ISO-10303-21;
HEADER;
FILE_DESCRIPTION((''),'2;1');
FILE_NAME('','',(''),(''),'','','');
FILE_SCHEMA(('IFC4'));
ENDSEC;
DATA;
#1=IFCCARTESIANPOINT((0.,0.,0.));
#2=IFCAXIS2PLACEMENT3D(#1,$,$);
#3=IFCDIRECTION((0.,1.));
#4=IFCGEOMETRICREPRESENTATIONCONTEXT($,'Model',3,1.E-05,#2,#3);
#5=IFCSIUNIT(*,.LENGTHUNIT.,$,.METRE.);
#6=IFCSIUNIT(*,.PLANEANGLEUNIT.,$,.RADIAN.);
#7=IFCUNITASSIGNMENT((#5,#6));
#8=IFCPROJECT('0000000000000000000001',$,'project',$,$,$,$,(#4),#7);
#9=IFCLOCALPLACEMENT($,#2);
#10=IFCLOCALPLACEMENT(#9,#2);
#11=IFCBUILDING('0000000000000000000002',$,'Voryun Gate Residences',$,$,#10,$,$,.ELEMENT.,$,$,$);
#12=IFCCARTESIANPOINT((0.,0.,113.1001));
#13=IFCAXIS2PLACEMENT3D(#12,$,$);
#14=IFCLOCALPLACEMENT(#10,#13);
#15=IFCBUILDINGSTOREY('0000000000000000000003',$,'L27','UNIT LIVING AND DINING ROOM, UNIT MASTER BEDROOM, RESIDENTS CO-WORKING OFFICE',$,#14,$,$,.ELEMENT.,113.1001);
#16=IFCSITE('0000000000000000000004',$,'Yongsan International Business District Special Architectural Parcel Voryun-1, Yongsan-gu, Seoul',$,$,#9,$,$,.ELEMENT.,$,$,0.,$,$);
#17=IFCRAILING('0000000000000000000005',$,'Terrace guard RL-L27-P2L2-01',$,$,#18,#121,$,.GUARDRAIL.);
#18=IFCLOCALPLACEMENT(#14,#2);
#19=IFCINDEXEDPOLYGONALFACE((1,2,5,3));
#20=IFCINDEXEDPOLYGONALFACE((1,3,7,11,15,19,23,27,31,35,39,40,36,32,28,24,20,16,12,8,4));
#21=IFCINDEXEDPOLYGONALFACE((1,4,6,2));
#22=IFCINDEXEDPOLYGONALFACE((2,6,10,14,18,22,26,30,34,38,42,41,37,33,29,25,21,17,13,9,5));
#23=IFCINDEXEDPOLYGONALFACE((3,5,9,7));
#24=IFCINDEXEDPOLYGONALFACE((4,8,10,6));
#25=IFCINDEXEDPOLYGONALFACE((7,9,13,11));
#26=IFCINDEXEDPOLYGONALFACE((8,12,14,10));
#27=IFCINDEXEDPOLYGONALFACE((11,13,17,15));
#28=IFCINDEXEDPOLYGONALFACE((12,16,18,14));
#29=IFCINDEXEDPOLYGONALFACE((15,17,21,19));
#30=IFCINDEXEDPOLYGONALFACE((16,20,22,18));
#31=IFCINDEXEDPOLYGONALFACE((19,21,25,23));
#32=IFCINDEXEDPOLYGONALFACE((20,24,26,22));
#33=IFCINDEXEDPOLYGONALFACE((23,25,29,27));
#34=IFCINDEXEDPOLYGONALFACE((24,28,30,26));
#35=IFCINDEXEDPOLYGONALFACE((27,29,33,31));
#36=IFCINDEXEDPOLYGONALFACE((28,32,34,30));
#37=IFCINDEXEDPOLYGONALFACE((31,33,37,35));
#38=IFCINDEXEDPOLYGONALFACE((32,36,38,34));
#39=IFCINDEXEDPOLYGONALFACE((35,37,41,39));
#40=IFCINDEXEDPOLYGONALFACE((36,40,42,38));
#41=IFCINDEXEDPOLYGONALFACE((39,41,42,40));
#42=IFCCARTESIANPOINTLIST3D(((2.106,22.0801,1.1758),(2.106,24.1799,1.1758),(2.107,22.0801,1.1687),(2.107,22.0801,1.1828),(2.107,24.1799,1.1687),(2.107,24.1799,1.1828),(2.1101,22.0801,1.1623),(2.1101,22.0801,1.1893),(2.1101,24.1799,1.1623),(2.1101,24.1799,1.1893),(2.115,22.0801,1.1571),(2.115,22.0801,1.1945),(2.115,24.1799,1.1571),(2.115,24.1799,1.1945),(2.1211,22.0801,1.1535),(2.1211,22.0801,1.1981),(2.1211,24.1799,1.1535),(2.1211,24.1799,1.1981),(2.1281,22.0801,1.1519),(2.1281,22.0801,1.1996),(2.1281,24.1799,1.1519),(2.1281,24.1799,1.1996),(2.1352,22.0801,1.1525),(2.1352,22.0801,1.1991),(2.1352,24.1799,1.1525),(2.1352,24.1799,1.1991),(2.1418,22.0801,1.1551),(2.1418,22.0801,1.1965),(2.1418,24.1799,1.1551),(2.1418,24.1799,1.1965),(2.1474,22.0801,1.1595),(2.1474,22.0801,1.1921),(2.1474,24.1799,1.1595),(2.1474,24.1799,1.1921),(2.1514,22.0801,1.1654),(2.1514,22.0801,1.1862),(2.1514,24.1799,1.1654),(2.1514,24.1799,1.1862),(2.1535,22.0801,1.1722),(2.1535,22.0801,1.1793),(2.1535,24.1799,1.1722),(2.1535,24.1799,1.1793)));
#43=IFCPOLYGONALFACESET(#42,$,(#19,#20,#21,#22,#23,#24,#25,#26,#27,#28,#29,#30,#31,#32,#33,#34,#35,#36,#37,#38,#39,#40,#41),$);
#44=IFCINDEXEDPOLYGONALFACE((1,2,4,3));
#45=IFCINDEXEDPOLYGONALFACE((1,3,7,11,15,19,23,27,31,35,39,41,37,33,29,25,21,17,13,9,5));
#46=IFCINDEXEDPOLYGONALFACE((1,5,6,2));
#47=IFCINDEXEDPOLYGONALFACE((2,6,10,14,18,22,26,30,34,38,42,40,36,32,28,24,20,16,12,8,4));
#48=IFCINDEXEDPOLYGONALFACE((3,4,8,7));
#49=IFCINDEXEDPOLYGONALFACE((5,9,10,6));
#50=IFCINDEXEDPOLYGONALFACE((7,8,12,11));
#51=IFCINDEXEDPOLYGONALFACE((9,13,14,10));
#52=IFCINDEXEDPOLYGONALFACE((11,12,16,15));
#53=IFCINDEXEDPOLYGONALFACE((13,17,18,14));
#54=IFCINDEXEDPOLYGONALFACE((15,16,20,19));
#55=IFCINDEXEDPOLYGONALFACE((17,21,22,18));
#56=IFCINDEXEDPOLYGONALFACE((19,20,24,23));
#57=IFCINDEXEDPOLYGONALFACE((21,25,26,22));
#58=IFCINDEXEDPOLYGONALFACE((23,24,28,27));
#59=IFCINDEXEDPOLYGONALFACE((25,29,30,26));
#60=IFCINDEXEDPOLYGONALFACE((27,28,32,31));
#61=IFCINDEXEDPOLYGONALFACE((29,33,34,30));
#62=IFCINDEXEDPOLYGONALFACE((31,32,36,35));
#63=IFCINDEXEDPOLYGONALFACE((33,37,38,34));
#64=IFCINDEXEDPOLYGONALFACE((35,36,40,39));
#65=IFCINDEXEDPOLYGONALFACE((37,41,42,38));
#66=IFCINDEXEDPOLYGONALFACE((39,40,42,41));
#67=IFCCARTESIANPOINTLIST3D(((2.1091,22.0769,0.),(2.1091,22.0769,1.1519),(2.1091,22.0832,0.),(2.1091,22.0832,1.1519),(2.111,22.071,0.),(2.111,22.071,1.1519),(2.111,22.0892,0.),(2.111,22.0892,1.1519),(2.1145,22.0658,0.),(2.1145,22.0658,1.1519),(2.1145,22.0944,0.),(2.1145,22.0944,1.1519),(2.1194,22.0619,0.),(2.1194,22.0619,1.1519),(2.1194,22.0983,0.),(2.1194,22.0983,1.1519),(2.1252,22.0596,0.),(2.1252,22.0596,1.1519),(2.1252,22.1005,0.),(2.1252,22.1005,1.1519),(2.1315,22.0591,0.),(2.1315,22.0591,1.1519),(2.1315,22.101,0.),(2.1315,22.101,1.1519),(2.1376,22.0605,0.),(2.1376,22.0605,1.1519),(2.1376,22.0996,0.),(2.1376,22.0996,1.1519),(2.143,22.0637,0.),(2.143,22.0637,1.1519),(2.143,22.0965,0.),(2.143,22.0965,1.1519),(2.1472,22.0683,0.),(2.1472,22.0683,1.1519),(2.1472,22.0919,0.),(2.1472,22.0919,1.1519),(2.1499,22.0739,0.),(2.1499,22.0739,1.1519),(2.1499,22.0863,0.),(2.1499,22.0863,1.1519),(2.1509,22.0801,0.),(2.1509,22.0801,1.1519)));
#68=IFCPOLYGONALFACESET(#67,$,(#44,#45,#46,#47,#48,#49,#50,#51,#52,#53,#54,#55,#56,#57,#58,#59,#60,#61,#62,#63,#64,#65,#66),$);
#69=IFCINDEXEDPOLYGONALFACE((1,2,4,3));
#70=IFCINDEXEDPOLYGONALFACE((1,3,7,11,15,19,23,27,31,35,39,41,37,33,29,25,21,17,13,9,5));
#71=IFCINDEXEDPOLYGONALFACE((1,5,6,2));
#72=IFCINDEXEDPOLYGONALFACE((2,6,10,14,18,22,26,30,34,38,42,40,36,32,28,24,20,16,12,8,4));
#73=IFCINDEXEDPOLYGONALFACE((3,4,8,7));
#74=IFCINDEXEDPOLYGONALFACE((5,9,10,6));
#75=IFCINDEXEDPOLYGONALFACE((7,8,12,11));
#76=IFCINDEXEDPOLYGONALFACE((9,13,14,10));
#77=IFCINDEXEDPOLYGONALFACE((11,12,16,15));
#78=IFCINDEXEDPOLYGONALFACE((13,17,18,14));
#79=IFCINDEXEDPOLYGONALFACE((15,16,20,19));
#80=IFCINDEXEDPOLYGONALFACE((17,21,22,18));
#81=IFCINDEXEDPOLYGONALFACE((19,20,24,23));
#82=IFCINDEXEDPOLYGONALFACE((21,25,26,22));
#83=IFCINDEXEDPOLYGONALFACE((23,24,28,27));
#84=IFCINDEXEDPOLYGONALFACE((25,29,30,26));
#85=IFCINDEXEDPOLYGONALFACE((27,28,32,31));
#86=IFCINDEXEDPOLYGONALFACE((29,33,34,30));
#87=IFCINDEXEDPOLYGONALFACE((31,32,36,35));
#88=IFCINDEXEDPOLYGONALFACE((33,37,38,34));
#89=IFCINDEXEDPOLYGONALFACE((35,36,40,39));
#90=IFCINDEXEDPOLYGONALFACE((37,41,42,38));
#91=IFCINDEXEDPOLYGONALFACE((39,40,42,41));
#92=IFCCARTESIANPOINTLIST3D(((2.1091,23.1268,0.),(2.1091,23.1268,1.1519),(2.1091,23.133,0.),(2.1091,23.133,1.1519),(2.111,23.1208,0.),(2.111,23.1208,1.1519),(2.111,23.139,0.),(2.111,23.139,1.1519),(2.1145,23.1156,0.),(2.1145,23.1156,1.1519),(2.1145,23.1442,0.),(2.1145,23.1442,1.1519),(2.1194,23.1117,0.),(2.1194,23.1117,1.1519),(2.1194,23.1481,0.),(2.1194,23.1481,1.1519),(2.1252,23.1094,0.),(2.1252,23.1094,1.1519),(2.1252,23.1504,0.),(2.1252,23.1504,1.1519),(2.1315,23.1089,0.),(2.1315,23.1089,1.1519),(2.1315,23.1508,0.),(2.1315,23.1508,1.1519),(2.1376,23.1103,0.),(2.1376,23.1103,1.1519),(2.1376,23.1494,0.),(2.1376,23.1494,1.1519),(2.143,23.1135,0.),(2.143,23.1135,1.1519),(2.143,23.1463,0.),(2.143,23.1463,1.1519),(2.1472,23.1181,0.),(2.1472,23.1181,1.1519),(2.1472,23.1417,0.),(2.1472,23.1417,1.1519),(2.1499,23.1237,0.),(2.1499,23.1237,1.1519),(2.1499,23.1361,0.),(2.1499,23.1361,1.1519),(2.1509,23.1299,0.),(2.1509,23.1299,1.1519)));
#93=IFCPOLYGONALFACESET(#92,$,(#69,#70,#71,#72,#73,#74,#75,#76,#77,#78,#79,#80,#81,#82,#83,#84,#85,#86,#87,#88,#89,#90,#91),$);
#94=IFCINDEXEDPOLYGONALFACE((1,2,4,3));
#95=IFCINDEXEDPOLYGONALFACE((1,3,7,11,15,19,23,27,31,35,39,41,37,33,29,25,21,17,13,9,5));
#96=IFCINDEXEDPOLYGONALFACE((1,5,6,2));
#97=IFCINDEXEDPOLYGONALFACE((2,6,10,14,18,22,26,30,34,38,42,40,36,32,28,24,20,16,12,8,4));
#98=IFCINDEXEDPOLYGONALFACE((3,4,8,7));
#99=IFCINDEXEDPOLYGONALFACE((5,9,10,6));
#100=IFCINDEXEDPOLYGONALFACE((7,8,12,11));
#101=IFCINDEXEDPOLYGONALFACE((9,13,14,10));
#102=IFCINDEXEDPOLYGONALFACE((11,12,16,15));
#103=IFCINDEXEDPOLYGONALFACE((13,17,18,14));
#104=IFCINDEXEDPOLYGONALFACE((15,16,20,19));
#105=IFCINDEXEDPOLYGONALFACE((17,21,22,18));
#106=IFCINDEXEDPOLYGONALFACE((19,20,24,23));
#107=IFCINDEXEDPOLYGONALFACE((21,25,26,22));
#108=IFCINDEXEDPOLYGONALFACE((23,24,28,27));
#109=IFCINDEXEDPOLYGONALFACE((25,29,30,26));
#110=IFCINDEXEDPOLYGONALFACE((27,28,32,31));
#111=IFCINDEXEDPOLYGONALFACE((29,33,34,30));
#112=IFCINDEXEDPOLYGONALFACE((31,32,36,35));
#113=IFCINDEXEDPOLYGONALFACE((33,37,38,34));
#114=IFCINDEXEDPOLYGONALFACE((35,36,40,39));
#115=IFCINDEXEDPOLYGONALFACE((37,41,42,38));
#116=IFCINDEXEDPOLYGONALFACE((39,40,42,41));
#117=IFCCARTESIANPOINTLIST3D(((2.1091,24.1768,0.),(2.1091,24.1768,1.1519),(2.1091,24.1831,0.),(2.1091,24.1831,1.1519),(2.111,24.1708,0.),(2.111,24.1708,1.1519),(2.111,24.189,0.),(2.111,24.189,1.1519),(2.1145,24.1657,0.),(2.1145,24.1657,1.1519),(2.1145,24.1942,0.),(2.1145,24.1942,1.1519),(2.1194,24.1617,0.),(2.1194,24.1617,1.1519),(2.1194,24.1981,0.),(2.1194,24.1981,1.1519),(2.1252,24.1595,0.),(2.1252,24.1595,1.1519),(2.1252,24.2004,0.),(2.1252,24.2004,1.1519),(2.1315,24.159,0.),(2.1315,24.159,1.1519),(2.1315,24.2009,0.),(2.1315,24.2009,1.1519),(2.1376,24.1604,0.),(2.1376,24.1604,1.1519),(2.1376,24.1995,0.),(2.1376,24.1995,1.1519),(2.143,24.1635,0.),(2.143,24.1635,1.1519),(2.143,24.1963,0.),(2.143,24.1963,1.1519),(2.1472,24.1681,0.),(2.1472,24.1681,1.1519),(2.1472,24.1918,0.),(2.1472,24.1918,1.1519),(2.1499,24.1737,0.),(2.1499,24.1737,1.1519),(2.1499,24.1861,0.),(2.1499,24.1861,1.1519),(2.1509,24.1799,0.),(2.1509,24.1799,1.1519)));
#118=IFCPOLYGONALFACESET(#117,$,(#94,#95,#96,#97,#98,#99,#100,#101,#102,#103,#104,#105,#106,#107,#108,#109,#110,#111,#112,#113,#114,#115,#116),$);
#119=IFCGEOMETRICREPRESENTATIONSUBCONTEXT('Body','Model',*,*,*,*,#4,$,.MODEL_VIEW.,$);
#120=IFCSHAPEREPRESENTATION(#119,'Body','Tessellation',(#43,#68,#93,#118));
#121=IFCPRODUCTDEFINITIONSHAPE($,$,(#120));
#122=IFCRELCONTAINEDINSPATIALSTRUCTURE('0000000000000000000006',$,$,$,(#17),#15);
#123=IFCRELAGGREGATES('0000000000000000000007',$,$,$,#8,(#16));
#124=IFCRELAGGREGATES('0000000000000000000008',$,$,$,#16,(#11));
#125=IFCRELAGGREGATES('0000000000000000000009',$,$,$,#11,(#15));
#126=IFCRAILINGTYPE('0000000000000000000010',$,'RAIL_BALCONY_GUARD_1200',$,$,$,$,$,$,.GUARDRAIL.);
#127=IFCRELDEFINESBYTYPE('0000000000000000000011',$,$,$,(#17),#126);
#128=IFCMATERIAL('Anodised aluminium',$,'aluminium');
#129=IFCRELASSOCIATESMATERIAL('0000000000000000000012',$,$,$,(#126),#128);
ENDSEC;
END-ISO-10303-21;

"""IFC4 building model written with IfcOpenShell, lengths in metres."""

from ifc_helpers import new_model, si_unit, direction, frame, origin, origin_2d, place, context, subcontext, project, spatial, circle, extrude, material, type_object, element, save


model = new_model("IFC4")

# Units and contexts
model_context = context("Model", 3, precision=1e-05, world=origin(), true_north=direction((0.0, 1.0)))
body_context = subcontext(model_context, "Body", "Model", "MODEL_VIEW")
ifc_project = project(units=[si_unit("LENGTHUNIT", "METRE"), si_unit("PLANEANGLEUNIT", "RADIAN")], contexts=[model_context])

# Site, building, storey
site_placement = place(None, origin())
site = spatial("IfcSite", under=ifc_project, at=site_placement, Name="Yongsan International Business District Special Architectural Parcel Voryun-1, Yongsan-gu, Seoul", CompositionType="ELEMENT", RefElevation=0.0)
building_placement = place(site_placement, origin())
building = spatial("IfcBuilding", under=site, at=building_placement, Name="Voryun Gate Residences", CompositionType="ELEMENT")
storey_placement = place(building_placement, frame((0.0, 0.0, 113.1001)))
storey = spatial("IfcBuildingStorey", under=building, at=storey_placement, Name="L27", Description="UNIT LIVING AND DINING ROOM, UNIT MASTER BEDROOM, RESIDENTS CO-WORKING OFFICE", CompositionType="ELEMENT", Elevation=113.1001)

# Railing
ifc_material_1 = material(Name="Anodised aluminium", Category="aluminium")
railing_type = type_object("IfcRailingType", Name="RAIL_BALCONY_GUARD_1200", PredefinedType="GUARDRAIL", material=ifc_material_1)
railing_1_placement = place(storey_placement, frame((2.1299, 22.0801, 0.0)))
element("IfcRailing", 1, at=railing_1_placement, inside=storey, type_object=railing_type, Name="Terrace guard RL-L27-P2L2-01", PredefinedType="GUARDRAIL", context=body_context, shape_type="SweptSolid", body=[
    extrude(circle(Radius=0.0239, at=origin_2d()), frame((0.0, 0.0, 1.1758), z_axis=(0.0, 1.0, 0.0), x_axis=(-1.0, 0.0, 0.0)), (0.0, 0.0, 1.0), 2.0999),
    extrude(circle(Radius=0.021, at=origin_2d()), origin(), (0.0, 0.0, 1.0), 1.1519),
    extrude(circle(Radius=0.021, at=origin_2d()), frame((0.0, 1.0498, 0.0)), (0.0, 0.0, 1.0), 1.1519),
    extrude(circle(Radius=0.021, at=origin_2d()), frame((0.0, 2.0999, 0.0)), (0.0, 0.0, 1.0), 1.1519),
])

save(model, "model.ifc")
